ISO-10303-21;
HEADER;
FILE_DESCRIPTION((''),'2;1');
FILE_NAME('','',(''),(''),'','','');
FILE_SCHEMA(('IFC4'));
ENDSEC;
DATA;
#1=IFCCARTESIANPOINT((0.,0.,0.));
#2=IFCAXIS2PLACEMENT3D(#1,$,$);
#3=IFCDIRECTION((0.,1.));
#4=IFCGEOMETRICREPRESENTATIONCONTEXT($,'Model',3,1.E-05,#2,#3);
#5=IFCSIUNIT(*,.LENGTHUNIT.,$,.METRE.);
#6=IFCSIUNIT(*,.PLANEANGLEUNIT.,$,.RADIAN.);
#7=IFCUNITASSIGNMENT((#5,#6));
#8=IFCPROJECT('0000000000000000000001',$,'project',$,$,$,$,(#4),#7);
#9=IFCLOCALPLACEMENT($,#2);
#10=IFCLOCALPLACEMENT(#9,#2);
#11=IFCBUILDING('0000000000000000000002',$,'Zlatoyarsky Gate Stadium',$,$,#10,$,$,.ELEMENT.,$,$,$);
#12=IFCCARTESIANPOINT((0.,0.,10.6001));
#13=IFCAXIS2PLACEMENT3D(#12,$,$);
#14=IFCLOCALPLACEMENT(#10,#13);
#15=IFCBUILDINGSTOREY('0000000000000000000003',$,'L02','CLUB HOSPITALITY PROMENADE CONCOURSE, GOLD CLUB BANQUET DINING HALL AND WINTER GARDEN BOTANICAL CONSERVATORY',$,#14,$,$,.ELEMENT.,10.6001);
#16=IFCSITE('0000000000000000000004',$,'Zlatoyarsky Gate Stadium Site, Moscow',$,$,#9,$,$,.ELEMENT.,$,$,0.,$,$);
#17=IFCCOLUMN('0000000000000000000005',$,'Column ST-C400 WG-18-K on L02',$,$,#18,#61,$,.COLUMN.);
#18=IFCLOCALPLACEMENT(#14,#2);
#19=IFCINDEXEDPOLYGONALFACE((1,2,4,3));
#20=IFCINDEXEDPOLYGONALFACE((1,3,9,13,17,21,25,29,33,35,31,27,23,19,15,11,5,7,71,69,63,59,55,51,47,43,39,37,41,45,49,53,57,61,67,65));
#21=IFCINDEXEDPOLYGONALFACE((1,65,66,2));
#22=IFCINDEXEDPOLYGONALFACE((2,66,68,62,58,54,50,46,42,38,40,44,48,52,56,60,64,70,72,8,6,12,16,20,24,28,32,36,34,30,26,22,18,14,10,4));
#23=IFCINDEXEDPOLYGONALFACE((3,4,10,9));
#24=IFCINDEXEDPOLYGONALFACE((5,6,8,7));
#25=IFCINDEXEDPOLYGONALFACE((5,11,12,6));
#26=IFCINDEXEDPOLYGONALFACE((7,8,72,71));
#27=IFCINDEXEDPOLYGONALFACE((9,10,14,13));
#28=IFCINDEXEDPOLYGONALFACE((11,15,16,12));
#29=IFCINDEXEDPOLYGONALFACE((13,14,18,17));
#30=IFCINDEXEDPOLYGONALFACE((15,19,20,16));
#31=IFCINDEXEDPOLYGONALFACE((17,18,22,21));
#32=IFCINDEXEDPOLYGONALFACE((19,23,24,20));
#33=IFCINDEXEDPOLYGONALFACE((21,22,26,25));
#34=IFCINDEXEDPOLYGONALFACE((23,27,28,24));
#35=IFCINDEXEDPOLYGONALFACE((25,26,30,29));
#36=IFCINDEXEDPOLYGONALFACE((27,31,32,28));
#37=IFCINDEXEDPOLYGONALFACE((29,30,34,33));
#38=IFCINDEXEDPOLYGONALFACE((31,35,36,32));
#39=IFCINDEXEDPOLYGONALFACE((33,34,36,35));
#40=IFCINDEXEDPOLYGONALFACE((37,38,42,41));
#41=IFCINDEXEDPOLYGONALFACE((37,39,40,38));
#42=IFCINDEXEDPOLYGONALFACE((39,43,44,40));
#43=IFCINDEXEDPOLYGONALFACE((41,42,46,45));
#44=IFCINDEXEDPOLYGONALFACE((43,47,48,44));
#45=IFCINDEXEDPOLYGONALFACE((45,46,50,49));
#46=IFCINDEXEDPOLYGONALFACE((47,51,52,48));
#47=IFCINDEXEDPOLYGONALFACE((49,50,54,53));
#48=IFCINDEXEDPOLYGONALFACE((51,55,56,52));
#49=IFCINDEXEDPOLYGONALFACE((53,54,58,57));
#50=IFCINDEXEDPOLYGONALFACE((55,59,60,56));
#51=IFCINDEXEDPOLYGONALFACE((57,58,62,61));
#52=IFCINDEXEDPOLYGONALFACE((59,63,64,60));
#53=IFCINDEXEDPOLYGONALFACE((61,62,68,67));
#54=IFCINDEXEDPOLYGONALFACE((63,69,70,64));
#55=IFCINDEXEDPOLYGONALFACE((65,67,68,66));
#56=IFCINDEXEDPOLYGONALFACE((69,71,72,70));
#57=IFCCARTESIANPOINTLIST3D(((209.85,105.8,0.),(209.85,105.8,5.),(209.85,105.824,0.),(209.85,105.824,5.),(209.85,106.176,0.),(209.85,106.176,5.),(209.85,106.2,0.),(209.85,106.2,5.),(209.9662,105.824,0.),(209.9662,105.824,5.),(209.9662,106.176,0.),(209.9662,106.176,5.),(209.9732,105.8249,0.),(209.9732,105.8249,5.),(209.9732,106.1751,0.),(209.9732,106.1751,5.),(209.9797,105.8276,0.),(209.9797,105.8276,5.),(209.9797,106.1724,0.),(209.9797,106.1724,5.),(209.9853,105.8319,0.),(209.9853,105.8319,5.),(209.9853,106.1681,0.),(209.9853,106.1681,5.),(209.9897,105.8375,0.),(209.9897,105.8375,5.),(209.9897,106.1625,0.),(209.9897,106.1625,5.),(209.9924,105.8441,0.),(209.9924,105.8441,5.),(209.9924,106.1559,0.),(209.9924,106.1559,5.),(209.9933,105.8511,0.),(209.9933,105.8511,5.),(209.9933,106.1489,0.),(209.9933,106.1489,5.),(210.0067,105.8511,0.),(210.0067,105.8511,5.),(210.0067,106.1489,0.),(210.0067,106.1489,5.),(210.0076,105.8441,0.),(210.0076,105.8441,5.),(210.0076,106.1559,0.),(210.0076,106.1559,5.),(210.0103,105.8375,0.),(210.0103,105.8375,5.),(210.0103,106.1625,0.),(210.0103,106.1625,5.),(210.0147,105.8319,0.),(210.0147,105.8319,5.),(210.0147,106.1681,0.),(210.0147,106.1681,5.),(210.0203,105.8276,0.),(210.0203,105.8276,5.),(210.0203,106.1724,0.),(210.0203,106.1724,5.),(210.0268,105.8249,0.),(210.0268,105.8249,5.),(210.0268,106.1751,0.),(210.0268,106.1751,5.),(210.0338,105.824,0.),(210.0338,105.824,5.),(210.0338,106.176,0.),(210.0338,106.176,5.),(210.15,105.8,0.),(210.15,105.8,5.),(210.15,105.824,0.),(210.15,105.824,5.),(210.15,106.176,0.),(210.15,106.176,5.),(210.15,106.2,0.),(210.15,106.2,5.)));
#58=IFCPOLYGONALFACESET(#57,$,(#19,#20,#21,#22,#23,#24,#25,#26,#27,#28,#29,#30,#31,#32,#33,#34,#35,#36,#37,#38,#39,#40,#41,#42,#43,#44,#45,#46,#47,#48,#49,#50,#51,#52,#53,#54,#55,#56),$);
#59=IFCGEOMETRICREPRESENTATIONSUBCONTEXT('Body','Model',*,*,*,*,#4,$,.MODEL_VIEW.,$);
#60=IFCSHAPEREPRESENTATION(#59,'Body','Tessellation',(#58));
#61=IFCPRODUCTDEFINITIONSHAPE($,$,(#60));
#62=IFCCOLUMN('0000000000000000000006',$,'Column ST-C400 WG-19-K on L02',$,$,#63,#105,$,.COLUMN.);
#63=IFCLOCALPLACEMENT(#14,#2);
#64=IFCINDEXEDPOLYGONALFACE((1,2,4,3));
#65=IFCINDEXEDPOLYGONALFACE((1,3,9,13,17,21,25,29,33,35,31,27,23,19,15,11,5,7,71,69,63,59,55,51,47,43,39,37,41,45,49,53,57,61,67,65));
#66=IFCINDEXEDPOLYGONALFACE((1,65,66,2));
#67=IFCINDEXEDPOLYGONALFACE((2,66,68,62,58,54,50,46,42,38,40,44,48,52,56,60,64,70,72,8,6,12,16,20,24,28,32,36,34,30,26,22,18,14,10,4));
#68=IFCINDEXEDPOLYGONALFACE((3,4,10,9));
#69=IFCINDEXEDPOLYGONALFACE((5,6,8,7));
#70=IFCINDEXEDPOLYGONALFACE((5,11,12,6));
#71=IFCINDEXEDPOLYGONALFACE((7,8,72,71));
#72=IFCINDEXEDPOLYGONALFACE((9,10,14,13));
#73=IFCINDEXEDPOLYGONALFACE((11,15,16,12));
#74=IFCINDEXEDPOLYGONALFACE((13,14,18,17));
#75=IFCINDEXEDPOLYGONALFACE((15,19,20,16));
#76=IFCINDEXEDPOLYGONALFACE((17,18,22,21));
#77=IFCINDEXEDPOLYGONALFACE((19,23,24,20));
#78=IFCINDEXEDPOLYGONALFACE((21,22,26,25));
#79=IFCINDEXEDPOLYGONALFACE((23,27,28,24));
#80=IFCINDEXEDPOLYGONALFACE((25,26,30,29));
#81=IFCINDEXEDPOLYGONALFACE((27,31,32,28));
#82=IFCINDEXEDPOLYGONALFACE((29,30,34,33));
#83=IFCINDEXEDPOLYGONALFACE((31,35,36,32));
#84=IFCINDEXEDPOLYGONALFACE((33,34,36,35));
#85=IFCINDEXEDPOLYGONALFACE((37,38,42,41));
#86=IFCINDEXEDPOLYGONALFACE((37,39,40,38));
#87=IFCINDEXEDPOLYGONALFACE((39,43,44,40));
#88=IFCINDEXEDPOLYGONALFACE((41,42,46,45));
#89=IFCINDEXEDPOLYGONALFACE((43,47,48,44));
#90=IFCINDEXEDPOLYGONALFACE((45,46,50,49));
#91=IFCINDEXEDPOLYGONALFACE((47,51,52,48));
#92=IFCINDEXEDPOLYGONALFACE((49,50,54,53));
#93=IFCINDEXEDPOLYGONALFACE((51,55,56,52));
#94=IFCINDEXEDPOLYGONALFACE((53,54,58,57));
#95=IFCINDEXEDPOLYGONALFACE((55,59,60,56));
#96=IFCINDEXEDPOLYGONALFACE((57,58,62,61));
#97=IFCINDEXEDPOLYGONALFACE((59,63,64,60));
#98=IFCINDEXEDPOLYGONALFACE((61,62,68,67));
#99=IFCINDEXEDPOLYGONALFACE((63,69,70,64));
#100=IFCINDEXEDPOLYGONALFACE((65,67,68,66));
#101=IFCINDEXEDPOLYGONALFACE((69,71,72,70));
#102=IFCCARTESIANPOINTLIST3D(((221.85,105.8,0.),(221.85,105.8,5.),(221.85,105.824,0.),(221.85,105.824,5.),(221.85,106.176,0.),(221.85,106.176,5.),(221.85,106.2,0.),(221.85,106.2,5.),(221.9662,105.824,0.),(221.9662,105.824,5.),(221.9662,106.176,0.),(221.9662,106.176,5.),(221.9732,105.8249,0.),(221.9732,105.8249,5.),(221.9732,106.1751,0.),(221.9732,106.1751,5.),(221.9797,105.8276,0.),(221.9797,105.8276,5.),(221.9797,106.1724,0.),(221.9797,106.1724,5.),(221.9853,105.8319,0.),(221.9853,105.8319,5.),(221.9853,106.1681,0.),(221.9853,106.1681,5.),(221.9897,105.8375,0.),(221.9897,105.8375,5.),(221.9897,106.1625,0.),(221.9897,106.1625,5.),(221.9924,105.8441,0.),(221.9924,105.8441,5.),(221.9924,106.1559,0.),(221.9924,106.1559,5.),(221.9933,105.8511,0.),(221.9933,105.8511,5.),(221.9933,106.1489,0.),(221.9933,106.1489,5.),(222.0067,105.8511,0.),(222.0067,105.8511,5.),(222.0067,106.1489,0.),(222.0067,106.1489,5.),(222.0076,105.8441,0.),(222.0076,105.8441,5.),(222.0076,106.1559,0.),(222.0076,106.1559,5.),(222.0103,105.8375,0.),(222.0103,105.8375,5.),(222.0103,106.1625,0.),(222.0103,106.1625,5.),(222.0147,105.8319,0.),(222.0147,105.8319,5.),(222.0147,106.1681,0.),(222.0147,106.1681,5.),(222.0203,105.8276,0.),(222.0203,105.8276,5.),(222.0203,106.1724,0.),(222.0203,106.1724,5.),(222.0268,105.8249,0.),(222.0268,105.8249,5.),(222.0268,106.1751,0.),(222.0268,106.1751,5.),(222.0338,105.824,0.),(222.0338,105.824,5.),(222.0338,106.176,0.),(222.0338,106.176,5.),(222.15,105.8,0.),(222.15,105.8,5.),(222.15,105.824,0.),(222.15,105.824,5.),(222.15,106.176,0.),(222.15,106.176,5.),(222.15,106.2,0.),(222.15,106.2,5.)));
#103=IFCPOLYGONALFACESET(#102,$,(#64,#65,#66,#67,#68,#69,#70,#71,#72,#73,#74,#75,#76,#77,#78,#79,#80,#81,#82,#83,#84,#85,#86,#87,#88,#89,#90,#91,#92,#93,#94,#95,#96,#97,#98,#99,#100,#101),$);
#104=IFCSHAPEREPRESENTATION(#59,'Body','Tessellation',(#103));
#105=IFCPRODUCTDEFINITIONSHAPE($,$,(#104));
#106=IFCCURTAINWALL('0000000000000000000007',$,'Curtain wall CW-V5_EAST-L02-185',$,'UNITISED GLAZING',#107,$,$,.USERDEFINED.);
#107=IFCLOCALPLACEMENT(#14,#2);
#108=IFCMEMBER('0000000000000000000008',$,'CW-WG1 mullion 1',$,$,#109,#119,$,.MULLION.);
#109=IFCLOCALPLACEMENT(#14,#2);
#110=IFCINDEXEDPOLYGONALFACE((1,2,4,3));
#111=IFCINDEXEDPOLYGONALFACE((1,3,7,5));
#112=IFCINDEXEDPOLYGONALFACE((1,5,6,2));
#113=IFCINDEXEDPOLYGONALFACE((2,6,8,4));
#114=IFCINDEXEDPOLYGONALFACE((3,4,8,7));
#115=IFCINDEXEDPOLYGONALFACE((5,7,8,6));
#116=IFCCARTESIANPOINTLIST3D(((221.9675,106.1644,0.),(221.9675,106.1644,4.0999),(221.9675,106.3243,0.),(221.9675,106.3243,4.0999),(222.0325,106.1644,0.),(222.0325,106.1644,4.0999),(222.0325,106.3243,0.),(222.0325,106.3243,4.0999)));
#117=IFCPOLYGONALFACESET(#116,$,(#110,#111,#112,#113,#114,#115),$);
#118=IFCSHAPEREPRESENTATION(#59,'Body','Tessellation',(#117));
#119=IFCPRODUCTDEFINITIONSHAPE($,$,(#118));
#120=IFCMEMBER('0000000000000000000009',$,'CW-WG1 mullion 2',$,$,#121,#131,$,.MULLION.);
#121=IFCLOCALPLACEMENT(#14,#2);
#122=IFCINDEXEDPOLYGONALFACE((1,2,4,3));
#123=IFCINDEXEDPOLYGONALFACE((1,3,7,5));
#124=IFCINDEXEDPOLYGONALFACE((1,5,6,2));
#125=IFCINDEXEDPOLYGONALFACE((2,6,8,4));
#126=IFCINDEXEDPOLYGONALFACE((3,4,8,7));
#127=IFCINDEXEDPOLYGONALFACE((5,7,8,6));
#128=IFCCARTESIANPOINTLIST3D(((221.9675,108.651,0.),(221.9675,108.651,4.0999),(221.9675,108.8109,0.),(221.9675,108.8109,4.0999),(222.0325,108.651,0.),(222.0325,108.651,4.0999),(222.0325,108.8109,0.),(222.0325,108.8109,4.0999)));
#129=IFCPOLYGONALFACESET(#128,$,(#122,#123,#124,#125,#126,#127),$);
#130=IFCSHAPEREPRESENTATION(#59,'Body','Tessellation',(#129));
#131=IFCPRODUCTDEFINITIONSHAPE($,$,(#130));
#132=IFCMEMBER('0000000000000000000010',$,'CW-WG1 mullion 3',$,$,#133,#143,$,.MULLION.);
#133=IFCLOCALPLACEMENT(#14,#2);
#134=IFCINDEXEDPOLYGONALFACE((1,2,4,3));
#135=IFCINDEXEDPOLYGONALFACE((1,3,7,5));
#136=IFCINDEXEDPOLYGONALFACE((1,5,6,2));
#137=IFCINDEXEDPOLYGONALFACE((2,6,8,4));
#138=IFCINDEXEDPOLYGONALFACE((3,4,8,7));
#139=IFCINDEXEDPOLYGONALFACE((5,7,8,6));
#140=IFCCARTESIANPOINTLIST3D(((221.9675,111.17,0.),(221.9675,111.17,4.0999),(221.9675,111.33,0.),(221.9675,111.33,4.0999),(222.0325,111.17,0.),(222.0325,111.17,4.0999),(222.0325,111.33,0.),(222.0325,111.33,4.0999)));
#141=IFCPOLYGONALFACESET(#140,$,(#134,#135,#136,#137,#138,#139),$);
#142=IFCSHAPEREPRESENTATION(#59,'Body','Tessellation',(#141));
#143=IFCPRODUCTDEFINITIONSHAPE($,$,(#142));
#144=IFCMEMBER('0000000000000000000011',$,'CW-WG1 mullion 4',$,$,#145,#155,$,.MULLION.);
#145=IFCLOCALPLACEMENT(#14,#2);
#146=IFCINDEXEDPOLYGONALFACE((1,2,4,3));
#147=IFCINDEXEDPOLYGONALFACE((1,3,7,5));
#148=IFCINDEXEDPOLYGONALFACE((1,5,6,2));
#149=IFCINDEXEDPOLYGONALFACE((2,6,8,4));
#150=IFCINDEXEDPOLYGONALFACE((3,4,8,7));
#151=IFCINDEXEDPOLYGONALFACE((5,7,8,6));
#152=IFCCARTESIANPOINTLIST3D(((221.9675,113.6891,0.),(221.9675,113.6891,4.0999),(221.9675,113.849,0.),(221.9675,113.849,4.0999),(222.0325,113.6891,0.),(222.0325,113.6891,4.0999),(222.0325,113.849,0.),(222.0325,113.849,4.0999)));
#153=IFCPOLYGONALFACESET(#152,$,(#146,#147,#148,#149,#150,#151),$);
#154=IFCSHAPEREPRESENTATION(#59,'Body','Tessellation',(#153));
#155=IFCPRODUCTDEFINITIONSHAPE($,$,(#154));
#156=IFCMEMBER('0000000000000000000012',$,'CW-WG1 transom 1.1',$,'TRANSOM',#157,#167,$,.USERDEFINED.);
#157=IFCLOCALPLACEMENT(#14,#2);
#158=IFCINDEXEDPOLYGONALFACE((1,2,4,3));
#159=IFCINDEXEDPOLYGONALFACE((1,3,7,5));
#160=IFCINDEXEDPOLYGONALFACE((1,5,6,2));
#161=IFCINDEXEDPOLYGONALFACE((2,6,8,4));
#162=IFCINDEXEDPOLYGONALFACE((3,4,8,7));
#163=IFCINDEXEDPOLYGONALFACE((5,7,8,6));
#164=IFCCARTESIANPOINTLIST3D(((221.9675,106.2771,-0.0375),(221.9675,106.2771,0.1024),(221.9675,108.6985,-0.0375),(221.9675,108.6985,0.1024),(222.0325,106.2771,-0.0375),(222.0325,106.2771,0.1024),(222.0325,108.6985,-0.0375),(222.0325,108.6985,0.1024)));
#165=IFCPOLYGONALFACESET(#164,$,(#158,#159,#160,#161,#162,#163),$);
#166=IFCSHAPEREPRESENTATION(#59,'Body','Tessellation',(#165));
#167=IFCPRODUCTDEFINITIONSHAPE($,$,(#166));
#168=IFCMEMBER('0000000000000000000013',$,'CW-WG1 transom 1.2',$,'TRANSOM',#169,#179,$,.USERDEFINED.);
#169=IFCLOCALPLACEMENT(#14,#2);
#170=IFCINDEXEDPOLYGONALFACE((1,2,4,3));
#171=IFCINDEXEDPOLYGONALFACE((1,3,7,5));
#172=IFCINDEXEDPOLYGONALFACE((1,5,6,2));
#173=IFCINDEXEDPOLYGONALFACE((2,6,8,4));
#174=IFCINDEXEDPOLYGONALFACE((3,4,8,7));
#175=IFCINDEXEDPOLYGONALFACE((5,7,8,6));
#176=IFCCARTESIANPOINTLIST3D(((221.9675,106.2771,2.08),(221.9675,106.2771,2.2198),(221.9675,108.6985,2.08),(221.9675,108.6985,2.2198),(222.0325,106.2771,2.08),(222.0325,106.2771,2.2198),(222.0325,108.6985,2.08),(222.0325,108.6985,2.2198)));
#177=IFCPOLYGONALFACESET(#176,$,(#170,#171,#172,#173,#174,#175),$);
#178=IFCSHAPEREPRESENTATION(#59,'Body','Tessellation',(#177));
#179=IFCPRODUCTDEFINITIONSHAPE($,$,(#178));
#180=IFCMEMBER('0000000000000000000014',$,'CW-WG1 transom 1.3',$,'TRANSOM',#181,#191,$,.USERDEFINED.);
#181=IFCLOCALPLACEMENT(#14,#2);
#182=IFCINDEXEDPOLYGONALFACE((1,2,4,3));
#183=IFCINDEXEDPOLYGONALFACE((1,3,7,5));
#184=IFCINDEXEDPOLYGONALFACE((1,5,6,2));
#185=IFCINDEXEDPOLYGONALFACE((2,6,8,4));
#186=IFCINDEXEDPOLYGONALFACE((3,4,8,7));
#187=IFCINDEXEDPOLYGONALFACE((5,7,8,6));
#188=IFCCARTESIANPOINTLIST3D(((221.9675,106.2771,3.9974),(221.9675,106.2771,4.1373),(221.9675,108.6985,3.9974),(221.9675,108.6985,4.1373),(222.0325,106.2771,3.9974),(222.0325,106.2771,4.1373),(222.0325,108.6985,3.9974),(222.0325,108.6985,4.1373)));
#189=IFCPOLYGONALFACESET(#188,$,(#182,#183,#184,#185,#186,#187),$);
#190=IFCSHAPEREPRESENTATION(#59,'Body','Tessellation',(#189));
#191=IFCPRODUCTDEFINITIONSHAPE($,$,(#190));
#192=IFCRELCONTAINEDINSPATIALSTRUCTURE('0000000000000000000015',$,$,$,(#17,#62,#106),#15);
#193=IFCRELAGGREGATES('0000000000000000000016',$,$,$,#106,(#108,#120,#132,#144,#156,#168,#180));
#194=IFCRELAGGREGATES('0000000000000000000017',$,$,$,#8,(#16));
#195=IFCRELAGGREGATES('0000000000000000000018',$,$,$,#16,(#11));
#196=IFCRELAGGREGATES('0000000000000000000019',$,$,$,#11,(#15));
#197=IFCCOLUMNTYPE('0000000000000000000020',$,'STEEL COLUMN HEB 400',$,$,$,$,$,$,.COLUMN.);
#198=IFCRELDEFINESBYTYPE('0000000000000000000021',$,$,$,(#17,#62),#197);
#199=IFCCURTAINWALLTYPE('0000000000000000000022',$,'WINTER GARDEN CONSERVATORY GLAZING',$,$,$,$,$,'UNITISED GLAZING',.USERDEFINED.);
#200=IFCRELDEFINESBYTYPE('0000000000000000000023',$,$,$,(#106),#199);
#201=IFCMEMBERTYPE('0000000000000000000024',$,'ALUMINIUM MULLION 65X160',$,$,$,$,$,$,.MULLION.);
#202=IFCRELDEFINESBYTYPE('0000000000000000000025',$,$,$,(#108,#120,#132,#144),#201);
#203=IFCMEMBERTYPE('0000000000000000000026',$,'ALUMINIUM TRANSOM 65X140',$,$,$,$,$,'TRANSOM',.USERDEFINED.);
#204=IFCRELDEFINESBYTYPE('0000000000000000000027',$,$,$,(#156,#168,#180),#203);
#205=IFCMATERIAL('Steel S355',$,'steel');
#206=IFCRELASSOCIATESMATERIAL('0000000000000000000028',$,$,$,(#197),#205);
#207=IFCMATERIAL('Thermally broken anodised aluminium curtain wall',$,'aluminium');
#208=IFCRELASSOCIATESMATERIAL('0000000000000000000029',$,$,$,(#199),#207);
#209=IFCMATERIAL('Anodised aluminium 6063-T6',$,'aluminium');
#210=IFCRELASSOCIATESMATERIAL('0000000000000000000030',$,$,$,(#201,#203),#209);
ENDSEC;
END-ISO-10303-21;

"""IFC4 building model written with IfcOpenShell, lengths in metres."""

from ifc_helpers import new_model, si_unit, direction, frame, origin, origin_2d, place, context, subcontext, project, spatial, rectangle, i_section, extrude, material, material_profile, profile_set, type_object, element, aggregate, save


model = new_model("IFC4")

# Units and contexts
model_context = context("Model", 3, precision=1e-05, world=origin(), true_north=direction((0.0, 1.0)))
body_context = subcontext(model_context, "Body", "Model", "MODEL_VIEW")
ifc_project = project(units=[si_unit("LENGTHUNIT", "METRE"), si_unit("PLANEANGLEUNIT", "RADIAN")], contexts=[model_context])

# Site, building, storey
site_placement = place(None, origin())
site = spatial("IfcSite", under=ifc_project, at=site_placement, Name="Zlatoyarsky Gate Stadium Site, Moscow", CompositionType="ELEMENT", RefElevation=0.0)
building_placement = place(site_placement, origin())
building = spatial("IfcBuilding", under=site, at=building_placement, Name="Zlatoyarsky Gate Stadium", CompositionType="ELEMENT")
storey_placement = place(building_placement, frame((0.0, 0.0, 10.6001)))
storey = spatial("IfcBuildingStorey", under=building, at=storey_placement, Name="L02", Description="CLUB HOSPITALITY PROMENADE CONCOURSE, GOLD CLUB BANQUET DINING HALL AND WINTER GARDEN BOTANICAL CONSERVATORY", CompositionType="ELEMENT", Elevation=10.6001)

# Columns
ifc_material_1 = material(Name="Steel S355", Category="steel")
ifc_material_profile_1 = material_profile(ifc_material_1, i_section(OverallWidth=0.3, OverallDepth=0.3999, WebThickness=0.0134, FlangeThickness=0.0239, FilletRadius=0.0271, at=origin_2d()), Name="HEB 400")
ifc_profile_set_1 = profile_set([ifc_material_profile_1], Name="Steel S355")
column_type = type_object("IfcColumnType", Name="STEEL COLUMN HEB 400", PredefinedType="COLUMN", material=ifc_profile_set_1)
for number, where, z_axis, x_axis, name in (
    (1, (210.0, 106.0, 0.0), (0.0, 0.0, 1.0), (1.0, 0.0, 0.0), "Column ST-C400 WG-18-K on L02"),
    (2, (222.0, 106.0, 0.0), (0.0, 0.0, 1.0), (1.0, 0.0, 0.0), "Column ST-C400 WG-19-K on L02"),
):
    element("IfcColumn", number, at=place(storey_placement, frame(where, z_axis=z_axis, x_axis=x_axis)), inside=storey, type_object=column_type, Name=name, PredefinedType="COLUMN", context=body_context, shape_type="SweptSolid", body=[
        extrude(i_section(OverallWidth=0.3, OverallDepth=0.3999, WebThickness=0.0134, FlangeThickness=0.0239, FilletRadius=0.0271, at=origin_2d()), origin(), (0.0, 0.0, 1.0), 5.0),
    ])

# Curtain wall, members
ifc_material_2 = material(Name="Thermally broken anodised aluminium curtain wall", Category="aluminium")
curtain_wall_type = type_object("IfcCurtainWallType", Name="WINTER GARDEN CONSERVATORY GLAZING", ElementType="UNITISED GLAZING", PredefinedType="USERDEFINED", material=ifc_material_2)
curtain_wall_placement = place(storey_placement, origin())
curtain_wall = element("IfcCurtainWall", 3, at=curtain_wall_placement, inside=storey, type_object=curtain_wall_type, Name="Curtain wall CW-V5_EAST-L02-185", ObjectType="UNITISED GLAZING", PredefinedType="USERDEFINED")
ifc_material_3 = material(Name="Anodised aluminium 6063-T6", Category="aluminium")
ifc_material_profile_2 = material_profile(ifc_material_3, rectangle(XDim=0.0649, YDim=0.1599, at=origin_2d()), Name="ALU 65X160")
ifc_profile_set_2 = profile_set([ifc_material_profile_2], Name="Anodised aluminium 6063-T6")
member_type_1 = type_object("IfcMemberType", Name="ALUMINIUM MULLION 65X160", PredefinedType="MULLION", material=ifc_profile_set_2)
member_1_placement = place(storey_placement, frame((222.0, 106.2444, 0.0), z_axis=(0.0, 0.0, 1.0), x_axis=(-1.0, 0.0, 0.0)))
member_1 = element("IfcMember", 4, at=member_1_placement, type_object=member_type_1, Name="CW-WG1 mullion 1", PredefinedType="MULLION", context=body_context, shape_type="SweptSolid", body=[
    extrude(rectangle(XDim=0.0649, YDim=0.1599, at=origin_2d()), origin(), (0.0, 0.0, 1.0), 4.0999),
])
member_2_placement = place(storey_placement, frame((222.0, 108.731, 0.0), z_axis=(0.0, 0.0, 1.0), x_axis=(-1.0, 0.0, 0.0)))
member_2 = element("IfcMember", 5, at=member_2_placement, type_object=member_type_1, Name="CW-WG1 mullion 2", PredefinedType="MULLION", context=body_context, shape_type="SweptSolid", body=[
    extrude(rectangle(XDim=0.0649, YDim=0.1599, at=origin_2d()), origin(), (0.0, 0.0, 1.0), 4.0999),
])
member_3_placement = place(storey_placement, frame((222.0, 111.25, 0.0), z_axis=(0.0, 0.0, 1.0), x_axis=(-1.0, 0.0, 0.0)))
member_3 = element("IfcMember", 6, at=member_3_placement, type_object=member_type_1, Name="CW-WG1 mullion 3", PredefinedType="MULLION", context=body_context, shape_type="SweptSolid", body=[
    extrude(rectangle(XDim=0.0649, YDim=0.1599, at=origin_2d()), origin(), (0.0, 0.0, 1.0), 4.0999),
])
member_4_placement = place(storey_placement, frame((222.0, 113.769, 0.0), z_axis=(0.0, 0.0, 1.0), x_axis=(-1.0, 0.0, 0.0)))
member_4 = element("IfcMember", 7, at=member_4_placement, type_object=member_type_1, Name="CW-WG1 mullion 4", PredefinedType="MULLION", context=body_context, shape_type="SweptSolid", body=[
    extrude(rectangle(XDim=0.0649, YDim=0.1599, at=origin_2d()), origin(), (0.0, 0.0, 1.0), 4.0999),
])
ifc_material_profile_3 = material_profile(ifc_material_3, rectangle(XDim=0.0649, YDim=0.1399, at=origin_2d()), Name="ALU 65X140")
ifc_profile_set_3 = profile_set([ifc_material_profile_3], Name="Anodised aluminium 6063-T6")
member_type_2 = type_object("IfcMemberType", Name="ALUMINIUM TRANSOM 65X140", ElementType="TRANSOM", PredefinedType="USERDEFINED", material=ifc_profile_set_3)
member_5_placement = place(storey_placement, frame((222.0, 106.2771, 0.0325), z_axis=(0.0, 1.0, 0.0), x_axis=(-1.0, 0.0, 0.0)))
member_5 = element("IfcMember", 8, at=member_5_placement, type_object=member_type_2, Name="CW-WG1 transom 1.1", ObjectType="TRANSOM", PredefinedType="USERDEFINED", context=body_context, shape_type="SweptSolid", body=[
    extrude(rectangle(XDim=0.0649, YDim=0.1399, at=origin_2d()), origin(), (0.0, 0.0, 1.0), 2.4214),
])
member_6_placement = place(storey_placement, frame((222.0, 106.2771, 2.1499), z_axis=(0.0, 1.0, 0.0), x_axis=(-1.0, 0.0, 0.0)))
member_6 = element("IfcMember", 9, at=member_6_placement, type_object=member_type_2, Name="CW-WG1 transom 1.2", ObjectType="TRANSOM", PredefinedType="USERDEFINED", context=body_context, shape_type="SweptSolid", body=[
    extrude(rectangle(XDim=0.0649, YDim=0.1399, at=origin_2d()), origin(), (0.0, 0.0, 1.0), 2.4214),
])
member_7_placement = place(storey_placement, frame((222.0, 106.2771, 4.0674), z_axis=(0.0, 1.0, 0.0), x_axis=(-1.0, 0.0, 0.0)))
member_7 = element("IfcMember", 10, at=member_7_placement, type_object=member_type_2, Name="CW-WG1 transom 1.3", ObjectType="TRANSOM", PredefinedType="USERDEFINED", context=body_context, shape_type="SweptSolid", body=[
    extrude(rectangle(XDim=0.0649, YDim=0.1399, at=origin_2d()), origin(), (0.0, 0.0, 1.0), 2.4214),
])

aggregate(curtain_wall, [member_1, member_2, member_3, member_4, member_5, member_6, member_7])

save(model, "model.ifc")
